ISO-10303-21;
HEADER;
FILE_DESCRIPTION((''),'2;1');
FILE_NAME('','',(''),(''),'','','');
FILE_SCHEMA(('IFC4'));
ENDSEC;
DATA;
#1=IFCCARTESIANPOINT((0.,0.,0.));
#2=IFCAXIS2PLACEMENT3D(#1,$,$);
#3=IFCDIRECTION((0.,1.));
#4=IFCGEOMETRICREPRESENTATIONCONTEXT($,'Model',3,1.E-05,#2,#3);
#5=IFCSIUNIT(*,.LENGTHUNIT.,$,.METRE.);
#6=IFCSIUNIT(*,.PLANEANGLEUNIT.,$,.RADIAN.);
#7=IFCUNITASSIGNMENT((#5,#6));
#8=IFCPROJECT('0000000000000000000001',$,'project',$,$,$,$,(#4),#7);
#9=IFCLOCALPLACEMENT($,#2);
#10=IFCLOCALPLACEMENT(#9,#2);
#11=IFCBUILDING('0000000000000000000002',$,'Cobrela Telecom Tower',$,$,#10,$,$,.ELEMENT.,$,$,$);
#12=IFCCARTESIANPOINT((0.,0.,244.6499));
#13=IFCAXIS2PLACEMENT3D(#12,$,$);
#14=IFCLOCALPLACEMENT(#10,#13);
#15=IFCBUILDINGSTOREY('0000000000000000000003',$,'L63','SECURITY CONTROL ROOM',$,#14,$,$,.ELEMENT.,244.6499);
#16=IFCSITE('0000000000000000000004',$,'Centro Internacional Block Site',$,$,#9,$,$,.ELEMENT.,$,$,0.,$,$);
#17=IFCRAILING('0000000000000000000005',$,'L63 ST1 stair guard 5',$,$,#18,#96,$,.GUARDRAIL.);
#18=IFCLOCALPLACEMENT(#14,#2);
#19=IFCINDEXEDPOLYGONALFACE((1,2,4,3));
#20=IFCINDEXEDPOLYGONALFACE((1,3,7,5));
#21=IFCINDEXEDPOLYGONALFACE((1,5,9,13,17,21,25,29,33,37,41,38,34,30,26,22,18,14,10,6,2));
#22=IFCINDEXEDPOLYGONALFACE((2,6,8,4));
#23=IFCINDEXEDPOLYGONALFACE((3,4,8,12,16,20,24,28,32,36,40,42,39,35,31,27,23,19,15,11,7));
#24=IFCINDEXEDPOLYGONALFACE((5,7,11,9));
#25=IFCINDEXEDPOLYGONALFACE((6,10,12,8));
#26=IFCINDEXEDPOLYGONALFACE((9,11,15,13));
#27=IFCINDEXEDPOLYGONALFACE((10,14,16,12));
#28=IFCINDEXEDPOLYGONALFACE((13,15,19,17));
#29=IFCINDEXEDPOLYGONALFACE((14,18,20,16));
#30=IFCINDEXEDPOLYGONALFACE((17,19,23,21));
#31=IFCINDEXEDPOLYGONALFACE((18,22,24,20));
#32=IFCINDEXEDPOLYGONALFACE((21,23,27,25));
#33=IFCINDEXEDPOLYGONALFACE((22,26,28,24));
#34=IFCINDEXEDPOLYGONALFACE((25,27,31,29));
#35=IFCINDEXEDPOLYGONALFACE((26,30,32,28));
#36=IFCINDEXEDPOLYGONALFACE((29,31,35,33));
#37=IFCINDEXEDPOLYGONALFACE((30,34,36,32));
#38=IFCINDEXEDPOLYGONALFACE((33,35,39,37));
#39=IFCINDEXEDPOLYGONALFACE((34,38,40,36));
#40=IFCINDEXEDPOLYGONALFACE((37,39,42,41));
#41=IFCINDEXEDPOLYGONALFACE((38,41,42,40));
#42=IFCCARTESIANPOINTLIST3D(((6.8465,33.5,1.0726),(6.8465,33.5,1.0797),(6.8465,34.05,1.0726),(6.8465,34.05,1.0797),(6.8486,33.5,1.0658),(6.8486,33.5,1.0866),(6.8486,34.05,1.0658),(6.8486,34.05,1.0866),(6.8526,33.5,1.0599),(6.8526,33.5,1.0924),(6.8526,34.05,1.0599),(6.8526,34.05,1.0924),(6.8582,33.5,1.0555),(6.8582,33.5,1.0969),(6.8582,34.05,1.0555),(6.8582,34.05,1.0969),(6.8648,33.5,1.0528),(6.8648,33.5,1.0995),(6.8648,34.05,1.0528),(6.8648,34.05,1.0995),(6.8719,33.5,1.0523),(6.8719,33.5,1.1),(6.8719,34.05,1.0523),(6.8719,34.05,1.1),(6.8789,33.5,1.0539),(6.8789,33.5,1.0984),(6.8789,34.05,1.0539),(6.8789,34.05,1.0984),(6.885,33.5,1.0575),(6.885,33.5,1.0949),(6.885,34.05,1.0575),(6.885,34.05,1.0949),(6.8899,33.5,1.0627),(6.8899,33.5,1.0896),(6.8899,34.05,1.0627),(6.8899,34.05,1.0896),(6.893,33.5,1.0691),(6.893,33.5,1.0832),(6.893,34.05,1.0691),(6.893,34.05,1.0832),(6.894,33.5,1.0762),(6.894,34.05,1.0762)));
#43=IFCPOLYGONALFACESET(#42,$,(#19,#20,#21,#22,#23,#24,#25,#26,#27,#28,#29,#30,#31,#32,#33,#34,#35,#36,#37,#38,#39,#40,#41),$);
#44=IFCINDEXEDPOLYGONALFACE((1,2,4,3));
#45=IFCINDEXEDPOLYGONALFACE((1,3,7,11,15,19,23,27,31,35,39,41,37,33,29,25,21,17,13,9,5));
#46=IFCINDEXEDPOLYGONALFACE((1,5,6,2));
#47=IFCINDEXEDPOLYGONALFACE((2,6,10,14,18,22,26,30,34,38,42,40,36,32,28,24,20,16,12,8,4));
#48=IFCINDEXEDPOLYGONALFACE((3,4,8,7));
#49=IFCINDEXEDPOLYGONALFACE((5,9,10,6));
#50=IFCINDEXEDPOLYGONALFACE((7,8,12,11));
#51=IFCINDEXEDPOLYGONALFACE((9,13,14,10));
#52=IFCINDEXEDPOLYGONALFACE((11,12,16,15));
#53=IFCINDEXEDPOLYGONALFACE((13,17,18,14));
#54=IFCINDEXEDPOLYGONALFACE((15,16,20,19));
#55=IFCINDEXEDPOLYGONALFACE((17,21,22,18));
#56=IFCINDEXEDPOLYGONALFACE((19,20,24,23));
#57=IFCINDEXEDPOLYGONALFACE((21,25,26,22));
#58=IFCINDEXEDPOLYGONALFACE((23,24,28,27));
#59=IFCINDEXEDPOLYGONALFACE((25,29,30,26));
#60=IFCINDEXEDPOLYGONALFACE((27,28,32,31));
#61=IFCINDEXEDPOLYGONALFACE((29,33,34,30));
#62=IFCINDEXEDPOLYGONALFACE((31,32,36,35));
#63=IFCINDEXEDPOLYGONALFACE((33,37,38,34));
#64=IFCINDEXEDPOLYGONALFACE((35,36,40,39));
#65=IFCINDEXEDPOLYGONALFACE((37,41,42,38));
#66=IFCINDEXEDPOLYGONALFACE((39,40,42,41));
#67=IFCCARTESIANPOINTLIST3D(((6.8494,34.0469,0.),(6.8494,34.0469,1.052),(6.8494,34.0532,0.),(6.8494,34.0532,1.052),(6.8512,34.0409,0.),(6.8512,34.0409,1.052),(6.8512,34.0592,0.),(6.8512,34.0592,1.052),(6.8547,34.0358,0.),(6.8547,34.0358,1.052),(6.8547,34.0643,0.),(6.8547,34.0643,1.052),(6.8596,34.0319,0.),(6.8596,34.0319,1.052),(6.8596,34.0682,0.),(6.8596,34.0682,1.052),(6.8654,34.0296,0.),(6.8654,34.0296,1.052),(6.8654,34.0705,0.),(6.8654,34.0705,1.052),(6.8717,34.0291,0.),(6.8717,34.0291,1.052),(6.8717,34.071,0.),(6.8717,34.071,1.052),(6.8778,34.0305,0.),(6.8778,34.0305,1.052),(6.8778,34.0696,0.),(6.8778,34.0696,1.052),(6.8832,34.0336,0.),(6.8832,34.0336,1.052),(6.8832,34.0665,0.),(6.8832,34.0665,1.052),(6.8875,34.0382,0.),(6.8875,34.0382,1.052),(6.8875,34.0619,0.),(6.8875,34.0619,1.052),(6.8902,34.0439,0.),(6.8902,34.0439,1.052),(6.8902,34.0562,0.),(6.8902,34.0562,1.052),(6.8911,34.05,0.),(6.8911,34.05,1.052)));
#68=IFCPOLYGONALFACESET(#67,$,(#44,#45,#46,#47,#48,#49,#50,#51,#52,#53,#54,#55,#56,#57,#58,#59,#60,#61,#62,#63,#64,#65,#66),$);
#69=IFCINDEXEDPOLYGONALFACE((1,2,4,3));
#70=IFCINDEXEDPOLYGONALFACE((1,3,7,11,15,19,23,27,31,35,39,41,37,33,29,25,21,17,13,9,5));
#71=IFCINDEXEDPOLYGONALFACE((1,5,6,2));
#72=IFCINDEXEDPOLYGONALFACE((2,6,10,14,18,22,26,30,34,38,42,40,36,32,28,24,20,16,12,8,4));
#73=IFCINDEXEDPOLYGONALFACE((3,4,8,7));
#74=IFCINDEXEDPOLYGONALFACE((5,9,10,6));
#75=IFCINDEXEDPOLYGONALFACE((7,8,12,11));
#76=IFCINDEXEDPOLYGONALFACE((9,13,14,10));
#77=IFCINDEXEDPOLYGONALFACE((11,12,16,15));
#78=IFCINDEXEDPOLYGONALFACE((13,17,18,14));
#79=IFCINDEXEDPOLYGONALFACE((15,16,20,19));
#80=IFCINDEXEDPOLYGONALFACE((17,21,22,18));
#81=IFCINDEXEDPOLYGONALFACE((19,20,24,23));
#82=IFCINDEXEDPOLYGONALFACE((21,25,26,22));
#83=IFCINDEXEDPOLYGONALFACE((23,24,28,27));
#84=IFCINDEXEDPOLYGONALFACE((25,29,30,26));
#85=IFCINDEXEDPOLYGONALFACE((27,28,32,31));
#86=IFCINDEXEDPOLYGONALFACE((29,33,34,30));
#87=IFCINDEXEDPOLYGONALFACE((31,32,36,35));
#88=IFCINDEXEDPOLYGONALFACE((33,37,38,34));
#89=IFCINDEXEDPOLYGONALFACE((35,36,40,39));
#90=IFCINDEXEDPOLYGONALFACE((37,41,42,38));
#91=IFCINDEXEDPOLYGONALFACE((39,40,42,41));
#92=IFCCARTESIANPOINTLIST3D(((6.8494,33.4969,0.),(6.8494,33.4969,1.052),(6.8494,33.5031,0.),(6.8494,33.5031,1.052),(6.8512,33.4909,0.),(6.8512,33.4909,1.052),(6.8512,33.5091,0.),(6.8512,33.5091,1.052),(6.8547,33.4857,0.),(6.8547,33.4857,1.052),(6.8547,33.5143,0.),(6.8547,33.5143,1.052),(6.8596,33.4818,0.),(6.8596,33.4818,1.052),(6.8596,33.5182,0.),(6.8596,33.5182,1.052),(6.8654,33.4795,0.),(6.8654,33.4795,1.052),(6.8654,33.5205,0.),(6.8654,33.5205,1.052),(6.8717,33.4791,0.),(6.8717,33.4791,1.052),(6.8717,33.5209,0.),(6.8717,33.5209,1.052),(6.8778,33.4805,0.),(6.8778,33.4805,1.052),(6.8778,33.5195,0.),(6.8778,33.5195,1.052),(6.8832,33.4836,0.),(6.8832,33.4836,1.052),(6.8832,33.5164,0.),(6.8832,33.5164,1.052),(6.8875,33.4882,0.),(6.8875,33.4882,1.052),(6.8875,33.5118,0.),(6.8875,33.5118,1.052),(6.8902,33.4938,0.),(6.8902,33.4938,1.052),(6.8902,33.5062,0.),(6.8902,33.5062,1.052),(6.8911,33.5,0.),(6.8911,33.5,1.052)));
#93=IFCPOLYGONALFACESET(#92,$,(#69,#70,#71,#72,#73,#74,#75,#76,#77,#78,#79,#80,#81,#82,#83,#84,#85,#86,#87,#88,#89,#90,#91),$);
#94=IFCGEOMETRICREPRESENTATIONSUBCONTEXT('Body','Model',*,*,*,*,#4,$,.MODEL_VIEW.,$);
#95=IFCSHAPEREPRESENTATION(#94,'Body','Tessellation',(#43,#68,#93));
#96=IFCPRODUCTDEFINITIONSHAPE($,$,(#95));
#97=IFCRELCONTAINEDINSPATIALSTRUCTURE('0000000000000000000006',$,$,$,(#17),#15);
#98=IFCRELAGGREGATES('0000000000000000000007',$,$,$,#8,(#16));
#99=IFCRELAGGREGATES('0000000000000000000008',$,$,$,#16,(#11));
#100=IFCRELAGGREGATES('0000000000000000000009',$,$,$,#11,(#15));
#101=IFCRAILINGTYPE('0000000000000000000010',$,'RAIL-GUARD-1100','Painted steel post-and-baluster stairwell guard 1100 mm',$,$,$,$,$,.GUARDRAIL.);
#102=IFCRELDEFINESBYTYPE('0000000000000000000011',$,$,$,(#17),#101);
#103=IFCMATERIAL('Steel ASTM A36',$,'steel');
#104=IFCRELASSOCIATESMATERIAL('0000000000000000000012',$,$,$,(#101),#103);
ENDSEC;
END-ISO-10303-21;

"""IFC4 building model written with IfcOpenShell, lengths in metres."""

from ifc_helpers import new_model, si_unit, direction, frame, origin, origin_2d, place, context, subcontext, project, spatial, circle, extrude, material, type_object, element, save


model = new_model("IFC4")

# Units and contexts
model_context = context("Model", 3, precision=1e-05, world=origin(), true_north=direction((0.0, 1.0)))
body_context = subcontext(model_context, "Body", "Model", "MODEL_VIEW")
ifc_project = project(units=[si_unit("LENGTHUNIT", "METRE"), si_unit("PLANEANGLEUNIT", "RADIAN")], contexts=[model_context])

# Site, building, storey
site_placement = place(None, origin())
site = spatial("IfcSite", under=ifc_project, at=site_placement, Name="Centro Internacional Block Site", CompositionType="ELEMENT", RefElevation=0.0)
building_placement = place(site_placement, origin())
building = spatial("IfcBuilding", under=site, at=building_placement, Name="Cobrela Telecom Tower", CompositionType="ELEMENT")
storey_placement = place(building_placement, frame((0.0, 0.0, 244.6499)))
storey = spatial("IfcBuildingStorey", under=building, at=storey_placement, Name="L63", Description="SECURITY CONTROL ROOM", CompositionType="ELEMENT", Elevation=244.6499)

# Shared definitions
ifc_material_1 = material(Name="Steel ASTM A36", Category="steel")

# Railing
railing_type_1 = type_object("IfcRailingType", Name="RAIL-GUARD-1100", Description="Painted steel post-and-baluster stairwell guard 1100 mm", PredefinedType="GUARDRAIL", material=ifc_material_1)
railing_1_placement = place(storey_placement, frame((6.8701, 34.05, 0.0)))
element("IfcRailing", 1, at=railing_1_placement, inside=storey, type_object=railing_type_1, Name="L63 ST1 stair guard 5", PredefinedType="GUARDRAIL", context=body_context, shape_type="SweptSolid", body=[
    extrude(circle(Radius=0.0239, at=origin_2d()), frame((0.0, 0.0, 1.0762), z_axis=(0.0, -1.0, 0.0), x_axis=(1.0, 0.0, 0.0)), (0.0, 0.0, 1.0), 0.55),
    extrude(circle(Radius=0.021, at=origin_2d()), origin(), (0.0, 0.0, 1.0), 1.052),
    extrude(circle(Radius=0.021, at=origin_2d()), frame((0.0, -0.55, 0.0)), (0.0, 0.0, 1.0), 1.052),
])

save(model, "model.ifc")
